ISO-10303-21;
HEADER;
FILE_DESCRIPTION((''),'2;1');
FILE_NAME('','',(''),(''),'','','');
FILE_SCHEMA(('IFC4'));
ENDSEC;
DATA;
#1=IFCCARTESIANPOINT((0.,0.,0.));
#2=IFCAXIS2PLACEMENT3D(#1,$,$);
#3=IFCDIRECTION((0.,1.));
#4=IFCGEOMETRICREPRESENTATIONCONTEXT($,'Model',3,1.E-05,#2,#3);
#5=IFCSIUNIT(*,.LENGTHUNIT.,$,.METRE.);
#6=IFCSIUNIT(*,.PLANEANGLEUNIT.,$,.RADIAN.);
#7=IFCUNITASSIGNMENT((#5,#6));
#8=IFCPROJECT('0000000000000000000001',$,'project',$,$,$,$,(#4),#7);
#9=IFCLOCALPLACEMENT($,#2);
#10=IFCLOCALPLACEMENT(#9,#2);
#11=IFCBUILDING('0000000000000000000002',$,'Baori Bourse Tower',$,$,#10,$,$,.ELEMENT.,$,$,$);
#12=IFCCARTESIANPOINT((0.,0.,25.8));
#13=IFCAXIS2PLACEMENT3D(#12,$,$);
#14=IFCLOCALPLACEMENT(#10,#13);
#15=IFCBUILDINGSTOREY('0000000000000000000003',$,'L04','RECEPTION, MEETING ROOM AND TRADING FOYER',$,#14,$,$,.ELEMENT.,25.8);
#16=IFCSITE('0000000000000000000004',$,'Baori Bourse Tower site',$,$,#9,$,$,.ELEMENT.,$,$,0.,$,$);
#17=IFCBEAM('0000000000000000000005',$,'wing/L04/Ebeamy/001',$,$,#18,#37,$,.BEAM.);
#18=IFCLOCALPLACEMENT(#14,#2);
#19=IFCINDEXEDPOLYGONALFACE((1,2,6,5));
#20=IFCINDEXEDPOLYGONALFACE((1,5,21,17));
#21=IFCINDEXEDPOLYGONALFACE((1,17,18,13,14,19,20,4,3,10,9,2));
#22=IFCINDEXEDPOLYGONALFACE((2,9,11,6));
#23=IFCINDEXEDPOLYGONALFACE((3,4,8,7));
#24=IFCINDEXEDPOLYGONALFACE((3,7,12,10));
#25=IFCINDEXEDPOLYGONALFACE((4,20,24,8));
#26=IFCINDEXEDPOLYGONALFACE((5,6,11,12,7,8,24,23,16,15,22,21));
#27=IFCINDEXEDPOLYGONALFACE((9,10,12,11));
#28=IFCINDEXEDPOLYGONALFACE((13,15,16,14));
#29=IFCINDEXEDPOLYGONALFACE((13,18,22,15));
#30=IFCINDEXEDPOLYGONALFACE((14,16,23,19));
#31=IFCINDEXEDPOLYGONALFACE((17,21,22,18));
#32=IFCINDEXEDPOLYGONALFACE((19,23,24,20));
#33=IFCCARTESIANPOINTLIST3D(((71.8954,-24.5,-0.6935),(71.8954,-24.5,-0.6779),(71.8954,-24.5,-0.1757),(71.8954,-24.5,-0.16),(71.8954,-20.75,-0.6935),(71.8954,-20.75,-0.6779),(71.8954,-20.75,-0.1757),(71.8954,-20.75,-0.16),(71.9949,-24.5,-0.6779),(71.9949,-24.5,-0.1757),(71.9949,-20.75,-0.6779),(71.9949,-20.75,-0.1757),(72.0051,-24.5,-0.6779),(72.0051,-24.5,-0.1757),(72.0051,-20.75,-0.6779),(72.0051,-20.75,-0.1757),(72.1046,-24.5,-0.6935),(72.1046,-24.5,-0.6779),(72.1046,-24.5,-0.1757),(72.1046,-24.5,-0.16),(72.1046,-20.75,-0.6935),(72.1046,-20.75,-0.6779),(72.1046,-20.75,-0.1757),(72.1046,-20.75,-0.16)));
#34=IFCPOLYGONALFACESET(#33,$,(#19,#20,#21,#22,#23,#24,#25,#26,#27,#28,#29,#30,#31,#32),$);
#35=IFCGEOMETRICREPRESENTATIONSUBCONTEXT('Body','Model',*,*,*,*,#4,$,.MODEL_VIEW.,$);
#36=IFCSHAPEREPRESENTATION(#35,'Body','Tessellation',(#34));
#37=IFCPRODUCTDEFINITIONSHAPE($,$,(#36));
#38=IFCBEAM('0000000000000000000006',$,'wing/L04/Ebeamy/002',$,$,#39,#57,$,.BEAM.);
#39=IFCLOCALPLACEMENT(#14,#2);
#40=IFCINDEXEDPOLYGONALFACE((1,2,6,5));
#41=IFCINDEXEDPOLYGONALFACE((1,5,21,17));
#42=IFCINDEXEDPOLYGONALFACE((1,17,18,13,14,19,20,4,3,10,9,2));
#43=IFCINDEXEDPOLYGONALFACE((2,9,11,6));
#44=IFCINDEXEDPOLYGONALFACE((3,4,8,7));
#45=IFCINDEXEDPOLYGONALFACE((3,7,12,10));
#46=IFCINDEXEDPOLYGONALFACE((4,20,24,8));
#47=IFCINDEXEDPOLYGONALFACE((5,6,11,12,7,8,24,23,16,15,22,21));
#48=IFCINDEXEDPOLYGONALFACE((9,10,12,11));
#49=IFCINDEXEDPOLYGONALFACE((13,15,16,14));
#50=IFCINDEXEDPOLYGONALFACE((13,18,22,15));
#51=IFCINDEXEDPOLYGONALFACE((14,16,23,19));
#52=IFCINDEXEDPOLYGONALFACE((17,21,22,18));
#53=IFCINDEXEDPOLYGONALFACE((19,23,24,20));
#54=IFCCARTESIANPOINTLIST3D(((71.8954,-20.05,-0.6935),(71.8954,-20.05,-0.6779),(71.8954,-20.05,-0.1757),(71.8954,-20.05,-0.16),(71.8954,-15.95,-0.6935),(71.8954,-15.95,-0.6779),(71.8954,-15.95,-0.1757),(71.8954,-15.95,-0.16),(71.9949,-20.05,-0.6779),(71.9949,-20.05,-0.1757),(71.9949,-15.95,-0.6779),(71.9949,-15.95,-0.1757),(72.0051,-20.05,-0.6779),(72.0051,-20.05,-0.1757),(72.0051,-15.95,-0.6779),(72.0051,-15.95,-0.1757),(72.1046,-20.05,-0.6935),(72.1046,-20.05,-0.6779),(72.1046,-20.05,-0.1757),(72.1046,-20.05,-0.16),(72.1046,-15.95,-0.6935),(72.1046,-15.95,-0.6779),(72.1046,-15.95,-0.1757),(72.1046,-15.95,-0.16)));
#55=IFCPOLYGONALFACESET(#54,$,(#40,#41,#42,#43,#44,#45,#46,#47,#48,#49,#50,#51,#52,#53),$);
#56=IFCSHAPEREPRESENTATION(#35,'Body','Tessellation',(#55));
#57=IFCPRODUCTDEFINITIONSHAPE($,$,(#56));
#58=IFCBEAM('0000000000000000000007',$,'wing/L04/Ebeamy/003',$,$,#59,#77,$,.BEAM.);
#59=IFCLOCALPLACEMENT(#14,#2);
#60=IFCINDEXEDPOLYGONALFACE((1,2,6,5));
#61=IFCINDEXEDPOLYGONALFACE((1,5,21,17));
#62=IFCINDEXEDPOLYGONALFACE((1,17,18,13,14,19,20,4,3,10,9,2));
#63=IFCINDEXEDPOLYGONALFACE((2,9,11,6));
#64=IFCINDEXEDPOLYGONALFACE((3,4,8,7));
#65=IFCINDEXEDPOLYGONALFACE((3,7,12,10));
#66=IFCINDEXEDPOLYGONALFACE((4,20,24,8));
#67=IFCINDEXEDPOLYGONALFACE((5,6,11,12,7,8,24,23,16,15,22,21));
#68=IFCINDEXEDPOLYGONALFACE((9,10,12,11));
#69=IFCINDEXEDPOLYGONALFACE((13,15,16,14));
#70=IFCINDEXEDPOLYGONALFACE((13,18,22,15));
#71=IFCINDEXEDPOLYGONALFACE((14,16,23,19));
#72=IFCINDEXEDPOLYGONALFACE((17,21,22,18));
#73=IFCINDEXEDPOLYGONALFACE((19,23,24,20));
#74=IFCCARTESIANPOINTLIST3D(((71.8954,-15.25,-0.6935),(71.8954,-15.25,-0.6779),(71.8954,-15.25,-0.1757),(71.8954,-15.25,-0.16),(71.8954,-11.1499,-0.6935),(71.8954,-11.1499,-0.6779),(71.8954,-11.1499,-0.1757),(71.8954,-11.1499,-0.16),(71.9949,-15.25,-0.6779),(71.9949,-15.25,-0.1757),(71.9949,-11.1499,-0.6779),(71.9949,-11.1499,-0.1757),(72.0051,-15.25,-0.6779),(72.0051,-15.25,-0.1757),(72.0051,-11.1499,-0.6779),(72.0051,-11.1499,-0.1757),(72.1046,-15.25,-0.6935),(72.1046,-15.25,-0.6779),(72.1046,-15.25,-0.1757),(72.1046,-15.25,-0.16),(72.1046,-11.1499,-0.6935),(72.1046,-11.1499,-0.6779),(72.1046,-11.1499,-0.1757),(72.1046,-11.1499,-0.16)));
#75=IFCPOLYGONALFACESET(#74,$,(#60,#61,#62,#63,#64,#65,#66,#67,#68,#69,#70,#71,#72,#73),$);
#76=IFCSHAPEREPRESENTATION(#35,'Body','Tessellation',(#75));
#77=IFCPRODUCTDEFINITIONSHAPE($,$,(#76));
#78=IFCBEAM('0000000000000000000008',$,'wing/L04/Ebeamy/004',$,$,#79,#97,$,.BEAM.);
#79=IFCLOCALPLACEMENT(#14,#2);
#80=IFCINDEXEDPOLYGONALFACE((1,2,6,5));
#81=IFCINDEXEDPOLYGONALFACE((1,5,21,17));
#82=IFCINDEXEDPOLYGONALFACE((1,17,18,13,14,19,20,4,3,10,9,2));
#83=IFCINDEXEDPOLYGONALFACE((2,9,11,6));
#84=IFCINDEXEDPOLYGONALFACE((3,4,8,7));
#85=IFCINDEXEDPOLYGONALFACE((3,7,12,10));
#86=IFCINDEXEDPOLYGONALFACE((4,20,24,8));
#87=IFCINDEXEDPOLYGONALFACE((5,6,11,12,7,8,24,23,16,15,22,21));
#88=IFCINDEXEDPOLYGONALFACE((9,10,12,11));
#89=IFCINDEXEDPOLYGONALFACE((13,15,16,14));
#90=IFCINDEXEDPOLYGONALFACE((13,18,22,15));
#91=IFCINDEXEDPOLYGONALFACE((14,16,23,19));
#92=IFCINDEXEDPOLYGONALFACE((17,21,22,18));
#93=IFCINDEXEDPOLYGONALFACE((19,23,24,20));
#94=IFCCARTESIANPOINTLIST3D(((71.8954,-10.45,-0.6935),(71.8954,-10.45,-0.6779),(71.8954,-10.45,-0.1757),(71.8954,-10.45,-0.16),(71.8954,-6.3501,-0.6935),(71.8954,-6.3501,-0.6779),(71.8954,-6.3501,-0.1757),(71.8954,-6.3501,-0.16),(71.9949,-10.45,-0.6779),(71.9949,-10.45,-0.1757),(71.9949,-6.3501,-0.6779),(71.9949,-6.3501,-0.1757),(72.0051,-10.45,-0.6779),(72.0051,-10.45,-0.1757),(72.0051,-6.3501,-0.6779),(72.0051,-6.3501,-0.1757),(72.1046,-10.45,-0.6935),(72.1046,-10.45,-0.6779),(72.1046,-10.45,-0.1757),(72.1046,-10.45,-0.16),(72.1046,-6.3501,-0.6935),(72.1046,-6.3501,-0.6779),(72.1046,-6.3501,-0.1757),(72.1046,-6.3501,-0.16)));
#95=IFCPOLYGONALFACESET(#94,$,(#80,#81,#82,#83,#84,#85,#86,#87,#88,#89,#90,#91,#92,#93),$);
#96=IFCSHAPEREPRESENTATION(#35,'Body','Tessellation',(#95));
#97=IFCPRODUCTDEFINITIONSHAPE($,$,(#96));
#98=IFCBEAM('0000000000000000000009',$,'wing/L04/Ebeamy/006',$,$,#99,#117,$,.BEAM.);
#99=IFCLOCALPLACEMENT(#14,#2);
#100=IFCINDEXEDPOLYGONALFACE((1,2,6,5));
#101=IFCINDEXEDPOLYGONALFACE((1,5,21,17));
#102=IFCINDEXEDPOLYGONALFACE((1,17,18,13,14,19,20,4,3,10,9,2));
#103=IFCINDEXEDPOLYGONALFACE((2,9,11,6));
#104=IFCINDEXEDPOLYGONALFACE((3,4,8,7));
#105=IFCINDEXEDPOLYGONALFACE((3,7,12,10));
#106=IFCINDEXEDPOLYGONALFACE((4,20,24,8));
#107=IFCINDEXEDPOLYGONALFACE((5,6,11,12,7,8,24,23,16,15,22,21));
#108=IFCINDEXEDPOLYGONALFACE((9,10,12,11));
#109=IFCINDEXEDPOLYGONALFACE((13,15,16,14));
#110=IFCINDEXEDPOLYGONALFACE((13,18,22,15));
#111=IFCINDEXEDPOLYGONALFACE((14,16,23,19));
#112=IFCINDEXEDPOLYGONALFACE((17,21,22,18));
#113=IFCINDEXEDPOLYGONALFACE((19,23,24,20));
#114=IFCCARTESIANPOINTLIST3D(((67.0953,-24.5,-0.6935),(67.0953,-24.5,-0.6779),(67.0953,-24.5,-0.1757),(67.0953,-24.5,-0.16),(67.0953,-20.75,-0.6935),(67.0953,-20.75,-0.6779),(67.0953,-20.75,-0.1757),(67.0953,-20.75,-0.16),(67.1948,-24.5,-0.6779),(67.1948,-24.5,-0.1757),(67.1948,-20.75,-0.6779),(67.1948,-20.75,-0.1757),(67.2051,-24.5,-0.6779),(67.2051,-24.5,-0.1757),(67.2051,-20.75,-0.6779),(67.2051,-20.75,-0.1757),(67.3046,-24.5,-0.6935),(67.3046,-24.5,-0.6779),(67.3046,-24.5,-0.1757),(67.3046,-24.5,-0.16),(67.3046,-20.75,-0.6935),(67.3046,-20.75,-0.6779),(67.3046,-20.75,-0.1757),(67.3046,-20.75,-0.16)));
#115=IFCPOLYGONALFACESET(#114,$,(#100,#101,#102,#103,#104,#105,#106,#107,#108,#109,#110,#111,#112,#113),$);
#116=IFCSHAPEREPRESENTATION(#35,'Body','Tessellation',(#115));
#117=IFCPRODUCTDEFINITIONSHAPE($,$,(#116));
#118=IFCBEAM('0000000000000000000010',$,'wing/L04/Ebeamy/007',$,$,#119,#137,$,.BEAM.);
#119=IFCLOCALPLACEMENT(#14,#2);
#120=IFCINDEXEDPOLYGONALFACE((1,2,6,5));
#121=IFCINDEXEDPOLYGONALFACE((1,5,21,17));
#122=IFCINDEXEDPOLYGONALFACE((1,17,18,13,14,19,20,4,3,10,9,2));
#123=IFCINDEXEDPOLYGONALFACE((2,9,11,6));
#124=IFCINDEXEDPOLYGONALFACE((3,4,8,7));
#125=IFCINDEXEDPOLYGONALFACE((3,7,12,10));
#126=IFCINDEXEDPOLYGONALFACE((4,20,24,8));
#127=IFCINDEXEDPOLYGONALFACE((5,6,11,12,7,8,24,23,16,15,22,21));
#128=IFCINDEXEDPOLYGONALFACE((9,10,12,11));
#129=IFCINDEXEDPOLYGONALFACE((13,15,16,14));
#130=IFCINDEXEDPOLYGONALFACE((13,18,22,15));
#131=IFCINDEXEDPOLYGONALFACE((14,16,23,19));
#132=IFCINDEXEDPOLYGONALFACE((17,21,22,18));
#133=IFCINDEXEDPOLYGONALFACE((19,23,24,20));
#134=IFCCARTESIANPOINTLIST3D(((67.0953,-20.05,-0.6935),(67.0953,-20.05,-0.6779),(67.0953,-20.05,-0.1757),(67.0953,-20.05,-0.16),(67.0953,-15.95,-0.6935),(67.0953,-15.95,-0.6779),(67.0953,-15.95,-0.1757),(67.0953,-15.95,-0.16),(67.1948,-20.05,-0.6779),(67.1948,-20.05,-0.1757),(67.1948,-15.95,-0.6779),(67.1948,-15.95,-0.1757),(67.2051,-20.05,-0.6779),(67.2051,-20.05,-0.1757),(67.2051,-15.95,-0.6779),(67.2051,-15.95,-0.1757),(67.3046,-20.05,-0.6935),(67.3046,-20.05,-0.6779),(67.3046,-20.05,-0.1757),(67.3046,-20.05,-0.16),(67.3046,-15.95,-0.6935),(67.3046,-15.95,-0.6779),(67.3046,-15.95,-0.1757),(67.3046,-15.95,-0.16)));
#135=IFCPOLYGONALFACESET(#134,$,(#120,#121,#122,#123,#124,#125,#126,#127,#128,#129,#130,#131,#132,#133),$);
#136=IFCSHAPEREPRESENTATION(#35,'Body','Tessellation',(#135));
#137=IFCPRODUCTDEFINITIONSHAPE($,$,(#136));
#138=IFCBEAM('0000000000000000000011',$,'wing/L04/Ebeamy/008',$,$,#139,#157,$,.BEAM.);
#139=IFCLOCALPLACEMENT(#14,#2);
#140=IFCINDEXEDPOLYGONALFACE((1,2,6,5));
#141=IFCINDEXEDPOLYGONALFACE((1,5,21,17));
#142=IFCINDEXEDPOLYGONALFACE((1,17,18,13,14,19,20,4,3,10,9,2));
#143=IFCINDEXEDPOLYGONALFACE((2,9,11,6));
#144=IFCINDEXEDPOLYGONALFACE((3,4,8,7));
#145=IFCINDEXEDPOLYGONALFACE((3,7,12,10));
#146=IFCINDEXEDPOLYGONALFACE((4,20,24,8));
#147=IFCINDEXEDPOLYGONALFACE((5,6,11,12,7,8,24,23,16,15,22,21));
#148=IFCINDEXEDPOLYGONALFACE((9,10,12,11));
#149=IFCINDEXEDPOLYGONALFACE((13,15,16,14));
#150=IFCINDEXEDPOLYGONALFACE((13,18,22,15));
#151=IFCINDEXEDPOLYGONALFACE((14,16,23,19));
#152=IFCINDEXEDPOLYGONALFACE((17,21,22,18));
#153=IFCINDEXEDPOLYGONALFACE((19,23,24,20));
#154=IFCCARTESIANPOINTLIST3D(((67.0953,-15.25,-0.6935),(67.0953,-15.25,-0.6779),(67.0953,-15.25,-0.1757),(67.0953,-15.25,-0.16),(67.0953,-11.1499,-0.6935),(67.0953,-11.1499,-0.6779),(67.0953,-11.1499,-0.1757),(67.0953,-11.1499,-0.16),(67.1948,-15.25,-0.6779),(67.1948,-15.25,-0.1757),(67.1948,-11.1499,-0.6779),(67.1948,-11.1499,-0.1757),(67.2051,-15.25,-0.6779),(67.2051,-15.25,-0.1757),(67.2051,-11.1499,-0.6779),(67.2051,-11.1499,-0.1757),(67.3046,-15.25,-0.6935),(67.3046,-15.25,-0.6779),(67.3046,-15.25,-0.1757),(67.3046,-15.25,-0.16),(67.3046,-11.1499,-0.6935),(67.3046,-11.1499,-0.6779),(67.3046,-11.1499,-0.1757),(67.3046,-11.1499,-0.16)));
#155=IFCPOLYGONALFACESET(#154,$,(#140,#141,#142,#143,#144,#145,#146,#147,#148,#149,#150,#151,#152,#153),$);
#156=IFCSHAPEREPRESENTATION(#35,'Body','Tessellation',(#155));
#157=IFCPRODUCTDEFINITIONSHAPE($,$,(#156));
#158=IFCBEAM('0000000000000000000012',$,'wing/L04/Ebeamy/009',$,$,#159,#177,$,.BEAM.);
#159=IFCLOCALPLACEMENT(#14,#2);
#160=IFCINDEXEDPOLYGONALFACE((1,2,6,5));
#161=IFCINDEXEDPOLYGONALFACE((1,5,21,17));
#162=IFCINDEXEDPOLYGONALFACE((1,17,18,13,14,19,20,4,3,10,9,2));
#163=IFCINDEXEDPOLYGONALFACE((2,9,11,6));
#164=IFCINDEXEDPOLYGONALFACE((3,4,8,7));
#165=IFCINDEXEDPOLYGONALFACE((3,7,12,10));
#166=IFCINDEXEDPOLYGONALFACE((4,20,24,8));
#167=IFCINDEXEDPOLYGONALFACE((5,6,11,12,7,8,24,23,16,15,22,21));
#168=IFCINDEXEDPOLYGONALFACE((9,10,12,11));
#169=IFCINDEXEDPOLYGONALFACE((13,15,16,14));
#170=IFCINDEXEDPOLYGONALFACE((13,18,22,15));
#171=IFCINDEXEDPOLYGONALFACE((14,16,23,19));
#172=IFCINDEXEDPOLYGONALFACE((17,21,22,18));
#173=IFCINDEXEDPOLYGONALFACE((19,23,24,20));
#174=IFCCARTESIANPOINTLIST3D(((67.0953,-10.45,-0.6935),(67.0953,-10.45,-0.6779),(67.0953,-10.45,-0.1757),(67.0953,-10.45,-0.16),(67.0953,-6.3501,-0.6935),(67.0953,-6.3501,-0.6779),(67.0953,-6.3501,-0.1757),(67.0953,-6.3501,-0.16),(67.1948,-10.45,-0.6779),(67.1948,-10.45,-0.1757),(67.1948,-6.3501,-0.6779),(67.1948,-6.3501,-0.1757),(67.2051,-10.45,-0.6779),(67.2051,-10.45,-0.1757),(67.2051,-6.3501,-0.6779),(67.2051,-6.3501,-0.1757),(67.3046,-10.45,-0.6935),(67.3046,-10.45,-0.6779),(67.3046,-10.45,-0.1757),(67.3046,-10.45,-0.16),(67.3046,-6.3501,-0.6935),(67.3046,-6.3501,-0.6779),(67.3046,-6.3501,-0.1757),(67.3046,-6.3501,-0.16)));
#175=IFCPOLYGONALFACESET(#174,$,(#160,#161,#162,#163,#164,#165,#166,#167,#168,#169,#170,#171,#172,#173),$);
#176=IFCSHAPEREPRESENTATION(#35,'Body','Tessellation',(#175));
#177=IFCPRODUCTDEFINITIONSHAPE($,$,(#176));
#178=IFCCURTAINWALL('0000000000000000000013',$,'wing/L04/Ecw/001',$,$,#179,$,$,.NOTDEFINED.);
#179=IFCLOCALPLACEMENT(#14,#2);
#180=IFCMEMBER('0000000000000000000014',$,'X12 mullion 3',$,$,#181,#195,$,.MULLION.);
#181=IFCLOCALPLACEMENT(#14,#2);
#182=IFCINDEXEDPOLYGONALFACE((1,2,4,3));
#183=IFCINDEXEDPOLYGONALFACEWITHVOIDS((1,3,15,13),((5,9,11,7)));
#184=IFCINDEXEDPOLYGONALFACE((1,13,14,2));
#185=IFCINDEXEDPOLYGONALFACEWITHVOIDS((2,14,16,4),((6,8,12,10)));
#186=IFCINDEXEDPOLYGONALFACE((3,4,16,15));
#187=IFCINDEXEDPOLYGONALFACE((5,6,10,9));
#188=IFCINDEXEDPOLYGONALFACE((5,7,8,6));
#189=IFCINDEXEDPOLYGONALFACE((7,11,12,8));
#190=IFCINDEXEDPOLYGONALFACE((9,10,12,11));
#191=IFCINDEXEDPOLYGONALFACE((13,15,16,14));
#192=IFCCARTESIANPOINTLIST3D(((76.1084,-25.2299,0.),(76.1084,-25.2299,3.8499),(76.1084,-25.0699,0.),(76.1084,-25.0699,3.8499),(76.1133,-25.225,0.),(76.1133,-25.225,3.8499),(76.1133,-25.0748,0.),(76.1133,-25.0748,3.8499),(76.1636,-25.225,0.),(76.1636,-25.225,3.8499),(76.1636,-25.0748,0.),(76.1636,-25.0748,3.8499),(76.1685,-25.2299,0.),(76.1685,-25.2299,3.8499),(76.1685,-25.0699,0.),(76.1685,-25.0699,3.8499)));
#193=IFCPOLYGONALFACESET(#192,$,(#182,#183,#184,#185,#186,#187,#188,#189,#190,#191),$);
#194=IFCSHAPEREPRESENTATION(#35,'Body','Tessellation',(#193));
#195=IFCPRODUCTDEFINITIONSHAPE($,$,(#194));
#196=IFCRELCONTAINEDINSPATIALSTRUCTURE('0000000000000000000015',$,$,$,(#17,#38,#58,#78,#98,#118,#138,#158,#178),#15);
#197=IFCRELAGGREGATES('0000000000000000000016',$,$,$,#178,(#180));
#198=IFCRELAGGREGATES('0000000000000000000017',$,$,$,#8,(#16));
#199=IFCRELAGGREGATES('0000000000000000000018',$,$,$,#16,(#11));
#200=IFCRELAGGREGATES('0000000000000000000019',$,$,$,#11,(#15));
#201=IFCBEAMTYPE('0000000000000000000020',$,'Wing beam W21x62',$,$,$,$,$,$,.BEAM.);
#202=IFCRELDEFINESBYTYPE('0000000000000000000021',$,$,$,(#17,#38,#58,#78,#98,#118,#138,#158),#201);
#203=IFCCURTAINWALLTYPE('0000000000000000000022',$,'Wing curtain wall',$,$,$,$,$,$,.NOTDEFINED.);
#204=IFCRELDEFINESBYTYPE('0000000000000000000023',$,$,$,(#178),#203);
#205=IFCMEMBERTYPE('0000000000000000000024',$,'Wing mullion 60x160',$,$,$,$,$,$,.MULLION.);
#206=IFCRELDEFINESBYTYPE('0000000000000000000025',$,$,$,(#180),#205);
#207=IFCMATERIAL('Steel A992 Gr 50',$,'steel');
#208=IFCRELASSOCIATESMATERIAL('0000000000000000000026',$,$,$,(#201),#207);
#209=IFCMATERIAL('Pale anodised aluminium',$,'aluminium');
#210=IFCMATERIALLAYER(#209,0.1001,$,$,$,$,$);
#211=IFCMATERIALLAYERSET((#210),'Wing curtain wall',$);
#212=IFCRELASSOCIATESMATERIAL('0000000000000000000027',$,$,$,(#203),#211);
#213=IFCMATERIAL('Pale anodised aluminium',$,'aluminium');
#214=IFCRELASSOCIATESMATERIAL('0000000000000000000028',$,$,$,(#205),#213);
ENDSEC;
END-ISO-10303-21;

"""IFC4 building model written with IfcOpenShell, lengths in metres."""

from ifc_helpers import new_model, si_unit, direction, frame, origin, origin_2d, place, context, subcontext, project, spatial, hollow_rectangle, i_section, extrude, material, layer, layer_set, material_profile, profile_set, type_object, element, aggregate, save


model = new_model("IFC4")

# Units and contexts
model_context = context("Model", 3, precision=1e-05, world=origin(), true_north=direction((0.0, 1.0)))
body_context = subcontext(model_context, "Body", "Model", "MODEL_VIEW")
ifc_project = project(units=[si_unit("LENGTHUNIT", "METRE"), si_unit("PLANEANGLEUNIT", "RADIAN")], contexts=[model_context])

# Site, building, storey
site_placement = place(None, origin())
site = spatial("IfcSite", under=ifc_project, at=site_placement, Name="Baori Bourse Tower site", CompositionType="ELEMENT", RefElevation=0.0)
building_placement = place(site_placement, origin())
building = spatial("IfcBuilding", under=site, at=building_placement, Name="Baori Bourse Tower", CompositionType="ELEMENT")
storey_placement = place(building_placement, frame((0.0, 0.0, 25.8)))
storey = spatial("IfcBuildingStorey", under=building, at=storey_placement, Name="L04", Description="RECEPTION, MEETING ROOM AND TRADING FOYER", CompositionType="ELEMENT", Elevation=25.8)

# Beams
ifc_material_1 = material(Name="Steel A992 Gr 50", Category="steel")
ifc_material_profile_1 = material_profile(ifc_material_1, i_section(OverallWidth=0.2092, OverallDepth=0.5334, WebThickness=0.0103, FlangeThickness=0.0156, at=origin_2d()), Name="W21x62")
ifc_profile_set_1 = profile_set([ifc_material_profile_1], Name="Steel A992 Gr 50")
beam_type_1 = type_object("IfcBeamType", Name="Wing beam W21x62", PredefinedType="BEAM", material=ifc_profile_set_1)
beam_1_placement = place(storey_placement, frame((72.0, -24.5, -0.4268), z_axis=(0.0, 1.0, 0.0), x_axis=(-1.0, 0.0, 0.0)))
element("IfcBeam", 1, at=beam_1_placement, inside=storey, type_object=beam_type_1, Name="wing/L04/Ebeamy/001", PredefinedType="BEAM", context=body_context, shape_type="SweptSolid", body=[
    extrude(i_section(OverallWidth=0.2092, OverallDepth=0.5334, WebThickness=0.0103, FlangeThickness=0.0156, at=origin_2d()), origin(), (0.0, 0.0, 1.0), 3.75),
])
for number, where, z_axis, x_axis, name in (
    (2, (72.0, -20.05, -0.4268), (0.0, 1.0, 0.0), (-1.0, 0.0, 0.0), "wing/L04/Ebeamy/002"),
    (3, (72.0, -15.25, -0.4268), (0.0, 1.0, 0.0), (-1.0, 0.0, 0.0), "wing/L04/Ebeamy/003"),
):
    element("IfcBeam", number, at=place(storey_placement, frame(where, z_axis=z_axis, x_axis=x_axis)), inside=storey, type_object=beam_type_1, Name=name, PredefinedType="BEAM", context=body_context, shape_type="SweptSolid", body=[
        extrude(i_section(OverallWidth=0.2092, OverallDepth=0.5334, WebThickness=0.0103, FlangeThickness=0.0156, at=origin_2d()), origin(), (0.0, 0.0, 1.0), 4.1001),
    ])
beam_2_placement = place(storey_placement, frame((72.0, -10.45, -0.4268), z_axis=(0.0, 1.0, 0.0), x_axis=(-1.0, 0.0, 0.0)))
element("IfcBeam", 4, at=beam_2_placement, inside=storey, type_object=beam_type_1, Name="wing/L04/Ebeamy/004", PredefinedType="BEAM", context=body_context, shape_type="SweptSolid", body=[
    extrude(i_section(OverallWidth=0.2092, OverallDepth=0.5334, WebThickness=0.0103, FlangeThickness=0.0156, at=origin_2d()), origin(), (0.0, 0.0, 1.0), 4.0999),
])
beam_3_placement = place(storey_placement, frame((67.2, -24.5, -0.4268), z_axis=(0.0, 1.0, 0.0), x_axis=(-1.0, 0.0, 0.0)))
element("IfcBeam", 5, at=beam_3_placement, inside=storey, type_object=beam_type_1, Name="wing/L04/Ebeamy/006", PredefinedType="BEAM", context=body_context, shape_type="SweptSolid", body=[
    extrude(i_section(OverallWidth=0.2092, OverallDepth=0.5334, WebThickness=0.0103, FlangeThickness=0.0156, at=origin_2d()), origin(), (0.0, 0.0, 1.0), 3.75),
])
for number, where, z_axis, x_axis, name in (
    (6, (67.2, -20.05, -0.4268), (0.0, 1.0, 0.0), (-1.0, 0.0, 0.0), "wing/L04/Ebeamy/007"),
    (7, (67.2, -15.25, -0.4268), (0.0, 1.0, 0.0), (-1.0, 0.0, 0.0), "wing/L04/Ebeamy/008"),
):
    element("IfcBeam", number, at=place(storey_placement, frame(where, z_axis=z_axis, x_axis=x_axis)), inside=storey, type_object=beam_type_1, Name=name, PredefinedType="BEAM", context=body_context, shape_type="SweptSolid", body=[
        extrude(i_section(OverallWidth=0.2092, OverallDepth=0.5334, WebThickness=0.0103, FlangeThickness=0.0156, at=origin_2d()), origin(), (0.0, 0.0, 1.0), 4.1001),
    ])
beam_4_placement = place(storey_placement, frame((67.2, -10.45, -0.4268), z_axis=(0.0, 1.0, 0.0), x_axis=(-1.0, 0.0, 0.0)))
element("IfcBeam", 8, at=beam_4_placement, inside=storey, type_object=beam_type_1, Name="wing/L04/Ebeamy/009", PredefinedType="BEAM", context=body_context, shape_type="SweptSolid", body=[
    extrude(i_section(OverallWidth=0.2092, OverallDepth=0.5334, WebThickness=0.0103, FlangeThickness=0.0156, at=origin_2d()), origin(), (0.0, 0.0, 1.0), 4.0999),
])

# Curtain wall, member
ifc_material_2 = material(Name="Pale anodised aluminium", Category="aluminium")
ifc_layer_1 = layer(ifc_material_2, 0.1001)
ifc_layer_set_1 = layer_set([ifc_layer_1], Name="Wing curtain wall")
curtain_wall_type = type_object("IfcCurtainWallType", Name="Wing curtain wall", PredefinedType="NOTDEFINED", material=ifc_layer_set_1)
curtain_wall_placement = place(storey_placement, origin())
curtain_wall = element("IfcCurtainWall", 9, at=curtain_wall_placement, inside=storey, type_object=curtain_wall_type, Name="wing/L04/Ecw/001", PredefinedType="NOTDEFINED")
ifc_material_3 = material(Name="Pale anodised aluminium", Category="aluminium")
ifc_material_profile_2 = material_profile(ifc_material_3, hollow_rectangle(XDim=0.1599, YDim=0.0601, WallThickness=0.0049, at=origin_2d()), Name="Mullion 160x60x5")
ifc_profile_set_2 = profile_set([ifc_material_profile_2], Name="Pale anodised aluminium")
member_type_1 = type_object("IfcMemberType", Name="Wing mullion 60x160", PredefinedType="MULLION", material=ifc_profile_set_2)
member_1_placement = place(storey_placement, frame((76.1384, -25.1499, 0.0), z_axis=(0.0, 0.0, 1.0), x_axis=(0.0, 1.0, 0.0)))
member_1 = element("IfcMember", 10, at=member_1_placement, type_object=member_type_1, Name="X12 mullion 3", PredefinedType="MULLION", context=body_context, shape_type="SweptSolid", body=[
    extrude(hollow_rectangle(XDim=0.1599, YDim=0.0601, WallThickness=0.0049, at=origin_2d()), origin(), (0.0, 0.0, 1.0), 3.8499),
])
aggregate(curtain_wall, [member_1])

save(model, "model.ifc")
